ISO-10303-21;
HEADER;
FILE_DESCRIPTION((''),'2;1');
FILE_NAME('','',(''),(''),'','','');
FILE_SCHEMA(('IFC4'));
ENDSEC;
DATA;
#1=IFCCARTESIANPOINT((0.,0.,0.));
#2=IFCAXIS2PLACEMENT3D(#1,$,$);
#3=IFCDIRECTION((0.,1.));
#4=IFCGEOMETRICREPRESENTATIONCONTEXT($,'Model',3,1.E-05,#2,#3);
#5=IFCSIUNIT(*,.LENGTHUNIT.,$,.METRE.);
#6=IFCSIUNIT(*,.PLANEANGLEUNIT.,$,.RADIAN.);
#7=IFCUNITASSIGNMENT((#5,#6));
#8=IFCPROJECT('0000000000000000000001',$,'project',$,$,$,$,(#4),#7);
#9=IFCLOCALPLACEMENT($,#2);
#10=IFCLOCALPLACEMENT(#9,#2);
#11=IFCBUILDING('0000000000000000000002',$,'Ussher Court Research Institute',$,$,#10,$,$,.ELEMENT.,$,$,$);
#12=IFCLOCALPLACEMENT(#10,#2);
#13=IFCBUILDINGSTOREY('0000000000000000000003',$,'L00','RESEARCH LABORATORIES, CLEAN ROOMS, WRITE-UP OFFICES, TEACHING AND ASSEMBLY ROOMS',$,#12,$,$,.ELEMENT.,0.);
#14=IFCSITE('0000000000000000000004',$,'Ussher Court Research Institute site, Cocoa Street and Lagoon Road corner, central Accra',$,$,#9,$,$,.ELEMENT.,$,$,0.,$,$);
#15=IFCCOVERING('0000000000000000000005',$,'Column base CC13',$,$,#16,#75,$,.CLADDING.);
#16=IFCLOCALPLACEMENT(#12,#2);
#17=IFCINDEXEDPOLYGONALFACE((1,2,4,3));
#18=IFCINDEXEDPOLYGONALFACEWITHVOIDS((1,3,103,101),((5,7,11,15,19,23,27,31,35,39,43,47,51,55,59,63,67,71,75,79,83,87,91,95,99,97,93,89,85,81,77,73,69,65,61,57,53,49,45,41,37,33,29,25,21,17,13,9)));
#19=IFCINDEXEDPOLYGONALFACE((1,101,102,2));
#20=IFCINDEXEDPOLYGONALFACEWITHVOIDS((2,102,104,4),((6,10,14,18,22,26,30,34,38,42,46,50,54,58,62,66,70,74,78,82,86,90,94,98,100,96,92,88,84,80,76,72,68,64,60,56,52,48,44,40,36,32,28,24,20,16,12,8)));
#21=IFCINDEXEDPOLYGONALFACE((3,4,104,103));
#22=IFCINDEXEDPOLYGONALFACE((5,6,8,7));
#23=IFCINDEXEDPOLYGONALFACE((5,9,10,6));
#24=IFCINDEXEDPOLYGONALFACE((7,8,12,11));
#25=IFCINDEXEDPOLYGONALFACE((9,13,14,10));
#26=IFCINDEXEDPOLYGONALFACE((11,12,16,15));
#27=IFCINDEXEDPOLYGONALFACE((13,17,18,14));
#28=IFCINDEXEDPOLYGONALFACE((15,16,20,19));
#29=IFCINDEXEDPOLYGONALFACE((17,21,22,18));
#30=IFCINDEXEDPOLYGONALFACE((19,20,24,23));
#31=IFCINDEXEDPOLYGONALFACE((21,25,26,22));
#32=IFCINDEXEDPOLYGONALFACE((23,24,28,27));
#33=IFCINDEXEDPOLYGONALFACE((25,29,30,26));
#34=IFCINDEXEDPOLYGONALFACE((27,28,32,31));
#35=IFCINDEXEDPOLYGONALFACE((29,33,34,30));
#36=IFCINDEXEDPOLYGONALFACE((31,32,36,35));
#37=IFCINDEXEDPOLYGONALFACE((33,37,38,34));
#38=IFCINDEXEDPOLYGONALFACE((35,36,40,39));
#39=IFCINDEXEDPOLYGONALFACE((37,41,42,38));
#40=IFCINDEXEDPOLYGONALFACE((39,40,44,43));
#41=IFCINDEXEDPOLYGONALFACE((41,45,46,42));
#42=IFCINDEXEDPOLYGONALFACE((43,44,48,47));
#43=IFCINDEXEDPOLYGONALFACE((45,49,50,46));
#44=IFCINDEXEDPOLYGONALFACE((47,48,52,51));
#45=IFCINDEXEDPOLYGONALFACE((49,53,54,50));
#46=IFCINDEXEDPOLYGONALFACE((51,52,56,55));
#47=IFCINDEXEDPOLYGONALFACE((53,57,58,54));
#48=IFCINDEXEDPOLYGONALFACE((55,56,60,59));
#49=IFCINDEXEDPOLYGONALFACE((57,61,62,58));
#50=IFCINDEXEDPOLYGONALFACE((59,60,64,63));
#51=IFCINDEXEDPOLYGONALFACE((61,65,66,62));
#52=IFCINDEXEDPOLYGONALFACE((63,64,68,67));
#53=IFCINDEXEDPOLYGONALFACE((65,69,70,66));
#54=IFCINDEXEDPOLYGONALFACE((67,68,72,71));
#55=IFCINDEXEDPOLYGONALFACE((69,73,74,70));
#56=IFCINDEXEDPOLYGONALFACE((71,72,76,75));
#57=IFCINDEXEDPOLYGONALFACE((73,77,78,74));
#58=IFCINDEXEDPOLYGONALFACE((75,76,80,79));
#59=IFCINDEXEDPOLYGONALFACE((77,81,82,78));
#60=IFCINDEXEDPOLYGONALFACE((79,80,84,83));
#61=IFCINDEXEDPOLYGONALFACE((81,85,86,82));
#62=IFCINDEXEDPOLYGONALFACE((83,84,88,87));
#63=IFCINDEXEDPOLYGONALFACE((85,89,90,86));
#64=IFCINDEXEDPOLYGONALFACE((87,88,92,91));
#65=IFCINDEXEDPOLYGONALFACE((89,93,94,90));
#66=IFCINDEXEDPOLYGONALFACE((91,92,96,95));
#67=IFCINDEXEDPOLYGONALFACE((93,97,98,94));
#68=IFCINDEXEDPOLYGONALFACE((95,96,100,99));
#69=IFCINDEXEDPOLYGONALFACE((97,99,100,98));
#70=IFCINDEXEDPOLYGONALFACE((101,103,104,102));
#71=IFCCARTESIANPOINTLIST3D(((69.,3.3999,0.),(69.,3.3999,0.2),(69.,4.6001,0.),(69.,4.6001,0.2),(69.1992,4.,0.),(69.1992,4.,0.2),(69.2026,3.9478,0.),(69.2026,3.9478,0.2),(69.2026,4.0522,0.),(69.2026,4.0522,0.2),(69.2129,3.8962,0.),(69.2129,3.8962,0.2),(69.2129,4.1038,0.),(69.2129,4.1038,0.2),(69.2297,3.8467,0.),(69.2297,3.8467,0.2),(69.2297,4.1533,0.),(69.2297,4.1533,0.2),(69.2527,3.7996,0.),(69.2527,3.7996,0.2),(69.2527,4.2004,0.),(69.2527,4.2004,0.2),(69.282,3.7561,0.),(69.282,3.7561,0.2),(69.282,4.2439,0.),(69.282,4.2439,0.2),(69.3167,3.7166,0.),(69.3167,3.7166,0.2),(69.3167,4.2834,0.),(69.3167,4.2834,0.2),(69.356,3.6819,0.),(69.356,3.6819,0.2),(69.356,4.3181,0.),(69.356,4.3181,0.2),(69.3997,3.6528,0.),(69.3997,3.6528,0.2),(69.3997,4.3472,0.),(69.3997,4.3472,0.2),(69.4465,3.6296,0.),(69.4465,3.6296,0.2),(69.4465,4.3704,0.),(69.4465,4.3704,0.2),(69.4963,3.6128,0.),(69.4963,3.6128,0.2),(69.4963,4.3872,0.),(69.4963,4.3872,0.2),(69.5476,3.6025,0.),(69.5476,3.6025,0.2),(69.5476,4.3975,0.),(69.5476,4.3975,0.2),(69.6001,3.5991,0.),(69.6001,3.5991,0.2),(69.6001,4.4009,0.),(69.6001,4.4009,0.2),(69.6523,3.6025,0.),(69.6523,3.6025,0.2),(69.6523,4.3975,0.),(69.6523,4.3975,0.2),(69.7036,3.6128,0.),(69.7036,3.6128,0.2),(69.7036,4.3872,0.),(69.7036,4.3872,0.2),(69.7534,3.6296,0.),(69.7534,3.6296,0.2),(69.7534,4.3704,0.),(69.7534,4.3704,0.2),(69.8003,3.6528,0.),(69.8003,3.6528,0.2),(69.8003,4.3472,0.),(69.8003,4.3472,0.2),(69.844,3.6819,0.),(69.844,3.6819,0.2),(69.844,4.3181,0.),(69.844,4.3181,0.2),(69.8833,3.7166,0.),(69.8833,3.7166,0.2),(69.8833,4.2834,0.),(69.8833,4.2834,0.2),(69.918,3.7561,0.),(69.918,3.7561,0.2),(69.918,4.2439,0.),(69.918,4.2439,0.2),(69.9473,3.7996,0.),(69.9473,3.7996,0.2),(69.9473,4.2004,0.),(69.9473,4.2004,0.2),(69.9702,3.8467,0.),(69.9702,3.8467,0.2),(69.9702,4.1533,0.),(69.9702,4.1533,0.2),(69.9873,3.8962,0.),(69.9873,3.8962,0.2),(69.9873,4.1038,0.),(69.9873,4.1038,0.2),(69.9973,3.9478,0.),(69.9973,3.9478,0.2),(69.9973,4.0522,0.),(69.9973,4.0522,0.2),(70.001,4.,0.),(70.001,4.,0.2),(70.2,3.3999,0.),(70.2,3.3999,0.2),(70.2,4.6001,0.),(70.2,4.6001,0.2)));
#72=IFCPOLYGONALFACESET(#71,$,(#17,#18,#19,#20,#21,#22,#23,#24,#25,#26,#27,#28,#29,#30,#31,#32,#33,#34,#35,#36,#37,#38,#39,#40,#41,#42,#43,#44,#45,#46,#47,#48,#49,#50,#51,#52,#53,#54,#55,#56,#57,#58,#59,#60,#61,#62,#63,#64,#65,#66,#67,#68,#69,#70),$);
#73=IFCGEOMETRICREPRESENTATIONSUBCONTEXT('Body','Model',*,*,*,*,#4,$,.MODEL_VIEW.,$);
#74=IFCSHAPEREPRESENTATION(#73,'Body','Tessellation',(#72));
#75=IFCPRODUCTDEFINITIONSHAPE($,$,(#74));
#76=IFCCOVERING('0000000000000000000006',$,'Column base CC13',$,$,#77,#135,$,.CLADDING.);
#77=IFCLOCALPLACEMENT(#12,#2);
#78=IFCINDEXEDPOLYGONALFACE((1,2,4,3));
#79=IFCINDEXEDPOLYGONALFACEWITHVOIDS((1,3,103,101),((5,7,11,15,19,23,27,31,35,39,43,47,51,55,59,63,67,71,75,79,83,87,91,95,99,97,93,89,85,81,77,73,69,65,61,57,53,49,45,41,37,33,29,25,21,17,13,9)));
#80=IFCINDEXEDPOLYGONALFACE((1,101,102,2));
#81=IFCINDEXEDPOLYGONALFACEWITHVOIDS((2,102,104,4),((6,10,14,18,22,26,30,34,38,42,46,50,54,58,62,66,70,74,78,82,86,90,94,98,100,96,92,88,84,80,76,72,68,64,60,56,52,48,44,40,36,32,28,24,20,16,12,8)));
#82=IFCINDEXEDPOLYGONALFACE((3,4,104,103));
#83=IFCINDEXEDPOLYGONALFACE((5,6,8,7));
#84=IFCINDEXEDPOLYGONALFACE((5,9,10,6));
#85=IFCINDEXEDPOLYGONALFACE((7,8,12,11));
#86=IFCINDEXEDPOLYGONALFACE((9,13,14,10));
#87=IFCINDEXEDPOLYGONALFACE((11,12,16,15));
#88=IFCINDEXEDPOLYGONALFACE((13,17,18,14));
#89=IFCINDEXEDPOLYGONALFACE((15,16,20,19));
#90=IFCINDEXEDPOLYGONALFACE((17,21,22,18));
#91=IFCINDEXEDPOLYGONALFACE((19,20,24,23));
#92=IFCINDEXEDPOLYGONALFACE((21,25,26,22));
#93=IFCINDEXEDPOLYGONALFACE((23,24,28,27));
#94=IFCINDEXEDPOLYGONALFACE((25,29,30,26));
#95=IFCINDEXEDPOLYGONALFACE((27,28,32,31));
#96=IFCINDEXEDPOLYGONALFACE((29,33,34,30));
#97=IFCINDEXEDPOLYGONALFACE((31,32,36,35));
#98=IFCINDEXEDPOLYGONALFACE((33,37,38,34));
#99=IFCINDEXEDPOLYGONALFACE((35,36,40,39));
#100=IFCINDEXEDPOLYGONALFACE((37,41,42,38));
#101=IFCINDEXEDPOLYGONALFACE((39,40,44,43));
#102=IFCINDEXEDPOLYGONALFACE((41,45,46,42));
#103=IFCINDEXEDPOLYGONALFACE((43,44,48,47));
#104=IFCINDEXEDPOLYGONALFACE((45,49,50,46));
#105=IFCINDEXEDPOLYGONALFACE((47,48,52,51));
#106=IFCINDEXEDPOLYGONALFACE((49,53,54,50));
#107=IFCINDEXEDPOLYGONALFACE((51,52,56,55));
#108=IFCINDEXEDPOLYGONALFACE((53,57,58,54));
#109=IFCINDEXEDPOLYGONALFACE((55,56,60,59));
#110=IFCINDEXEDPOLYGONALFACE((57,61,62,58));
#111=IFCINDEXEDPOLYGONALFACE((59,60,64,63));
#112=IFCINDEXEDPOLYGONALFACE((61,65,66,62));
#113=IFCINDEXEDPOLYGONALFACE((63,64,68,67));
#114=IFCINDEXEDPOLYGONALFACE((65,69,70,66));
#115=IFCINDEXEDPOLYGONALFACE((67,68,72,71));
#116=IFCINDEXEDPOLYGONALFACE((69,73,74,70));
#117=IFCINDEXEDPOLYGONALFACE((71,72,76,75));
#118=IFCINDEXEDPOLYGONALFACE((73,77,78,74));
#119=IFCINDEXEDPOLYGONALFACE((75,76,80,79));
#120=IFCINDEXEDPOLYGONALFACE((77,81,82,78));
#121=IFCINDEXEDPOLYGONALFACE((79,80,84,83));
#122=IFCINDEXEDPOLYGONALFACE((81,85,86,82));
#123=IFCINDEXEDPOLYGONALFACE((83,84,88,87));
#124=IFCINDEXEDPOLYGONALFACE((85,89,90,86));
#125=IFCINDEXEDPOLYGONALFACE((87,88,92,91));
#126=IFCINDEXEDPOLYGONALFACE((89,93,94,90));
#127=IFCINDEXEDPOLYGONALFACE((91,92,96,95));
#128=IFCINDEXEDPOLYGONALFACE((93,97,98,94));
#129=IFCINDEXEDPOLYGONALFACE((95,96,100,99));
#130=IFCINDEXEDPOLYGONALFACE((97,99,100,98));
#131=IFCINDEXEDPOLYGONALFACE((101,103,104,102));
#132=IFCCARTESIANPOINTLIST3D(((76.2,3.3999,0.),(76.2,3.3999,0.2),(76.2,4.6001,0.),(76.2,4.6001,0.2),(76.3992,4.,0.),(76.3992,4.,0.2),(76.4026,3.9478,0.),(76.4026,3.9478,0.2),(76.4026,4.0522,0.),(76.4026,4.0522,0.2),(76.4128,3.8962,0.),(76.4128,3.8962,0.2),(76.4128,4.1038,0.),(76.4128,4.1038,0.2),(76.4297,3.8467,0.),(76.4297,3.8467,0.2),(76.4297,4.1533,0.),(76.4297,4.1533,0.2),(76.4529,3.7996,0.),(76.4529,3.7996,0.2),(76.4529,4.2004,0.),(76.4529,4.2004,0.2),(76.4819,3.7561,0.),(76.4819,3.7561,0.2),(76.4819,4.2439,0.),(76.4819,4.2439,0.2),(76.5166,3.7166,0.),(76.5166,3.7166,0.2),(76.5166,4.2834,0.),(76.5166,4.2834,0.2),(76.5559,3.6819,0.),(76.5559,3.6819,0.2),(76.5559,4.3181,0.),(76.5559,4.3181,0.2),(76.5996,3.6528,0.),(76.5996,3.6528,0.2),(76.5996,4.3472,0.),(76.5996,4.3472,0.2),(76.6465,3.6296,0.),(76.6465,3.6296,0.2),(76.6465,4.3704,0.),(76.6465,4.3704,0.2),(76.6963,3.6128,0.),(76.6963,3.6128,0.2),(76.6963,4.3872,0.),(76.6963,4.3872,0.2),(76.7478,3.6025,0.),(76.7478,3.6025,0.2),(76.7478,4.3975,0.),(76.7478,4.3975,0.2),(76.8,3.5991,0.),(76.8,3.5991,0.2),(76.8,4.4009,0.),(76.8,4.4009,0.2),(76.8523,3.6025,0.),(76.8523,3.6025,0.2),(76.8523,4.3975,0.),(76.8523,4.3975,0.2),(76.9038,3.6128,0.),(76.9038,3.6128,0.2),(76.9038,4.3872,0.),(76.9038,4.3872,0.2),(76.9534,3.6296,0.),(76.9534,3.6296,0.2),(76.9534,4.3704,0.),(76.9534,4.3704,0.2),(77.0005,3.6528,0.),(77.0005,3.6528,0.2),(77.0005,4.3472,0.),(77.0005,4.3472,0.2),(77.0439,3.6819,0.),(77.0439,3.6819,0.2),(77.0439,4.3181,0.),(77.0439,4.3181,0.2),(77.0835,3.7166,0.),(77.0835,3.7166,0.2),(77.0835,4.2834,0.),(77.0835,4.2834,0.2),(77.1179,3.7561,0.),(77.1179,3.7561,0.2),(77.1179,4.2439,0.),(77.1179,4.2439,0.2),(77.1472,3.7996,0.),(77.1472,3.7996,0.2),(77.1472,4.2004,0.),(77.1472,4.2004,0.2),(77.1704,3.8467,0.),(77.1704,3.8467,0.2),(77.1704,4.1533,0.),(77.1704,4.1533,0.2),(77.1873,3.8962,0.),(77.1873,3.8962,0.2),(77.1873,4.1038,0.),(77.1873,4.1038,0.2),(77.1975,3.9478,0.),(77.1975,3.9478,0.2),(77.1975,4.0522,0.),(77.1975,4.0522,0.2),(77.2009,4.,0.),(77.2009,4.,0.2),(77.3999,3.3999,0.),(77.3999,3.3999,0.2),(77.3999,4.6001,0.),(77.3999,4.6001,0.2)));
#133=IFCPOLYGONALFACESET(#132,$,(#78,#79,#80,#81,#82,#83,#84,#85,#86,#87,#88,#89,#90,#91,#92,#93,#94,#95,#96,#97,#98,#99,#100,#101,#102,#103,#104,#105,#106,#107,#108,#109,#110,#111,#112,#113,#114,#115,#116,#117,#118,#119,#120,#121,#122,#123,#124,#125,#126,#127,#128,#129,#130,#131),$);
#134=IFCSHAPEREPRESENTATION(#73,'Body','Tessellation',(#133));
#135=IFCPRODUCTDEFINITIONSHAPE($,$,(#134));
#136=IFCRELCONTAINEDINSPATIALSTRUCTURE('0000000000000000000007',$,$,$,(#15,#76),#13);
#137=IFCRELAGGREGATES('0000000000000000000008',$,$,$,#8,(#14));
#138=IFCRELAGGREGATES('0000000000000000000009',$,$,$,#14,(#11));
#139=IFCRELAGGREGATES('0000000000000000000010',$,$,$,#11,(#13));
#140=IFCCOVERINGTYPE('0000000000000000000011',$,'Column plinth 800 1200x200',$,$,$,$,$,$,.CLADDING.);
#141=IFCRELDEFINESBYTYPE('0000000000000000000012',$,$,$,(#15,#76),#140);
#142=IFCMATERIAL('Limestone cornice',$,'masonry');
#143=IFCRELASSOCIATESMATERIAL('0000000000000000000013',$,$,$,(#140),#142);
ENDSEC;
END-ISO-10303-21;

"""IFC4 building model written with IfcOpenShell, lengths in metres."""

from ifc_helpers import new_model, si_unit, direction, origin, place, context, subcontext, project, spatial, polyline, outline, extrude, material, type_object, element, save


model = new_model("IFC4")

# Units and contexts
model_context = context("Model", 3, precision=1e-05, world=origin(), true_north=direction((0.0, 1.0)))
body_context = subcontext(model_context, "Body", "Model", "MODEL_VIEW")
ifc_project = project(units=[si_unit("LENGTHUNIT", "METRE"), si_unit("PLANEANGLEUNIT", "RADIAN")], contexts=[model_context])

# Site, building, storey
site_placement = place(None, origin())
site = spatial("IfcSite", under=ifc_project, at=site_placement, Name="Ussher Court Research Institute site, Cocoa Street and Lagoon Road corner, central Accra", CompositionType="ELEMENT", RefElevation=0.0)
building_placement = place(site_placement, origin())
building = spatial("IfcBuilding", under=site, at=building_placement, Name="Ussher Court Research Institute", CompositionType="ELEMENT")
storey_placement = place(building_placement, origin())
storey = spatial("IfcBuildingStorey", under=building, at=storey_placement, Name="L00", Description="RESEARCH LABORATORIES, CLEAN ROOMS, WRITE-UP OFFICES, TEACHING AND ASSEMBLY ROOMS", CompositionType="ELEMENT", Elevation=0.0)

# Coverings
ifc_material_1 = material(Name="Limestone cornice", Category="masonry")
covering_type_1 = type_object("IfcCoveringType", Name="Column plinth 800 1200x200", PredefinedType="CLADDING", material=ifc_material_1)
covering_1_placement = place(storey_placement, origin())
element("IfcCovering", 1, at=covering_1_placement, inside=storey, type_object=covering_type_1, Name="Column base CC13", PredefinedType="CLADDING", context=body_context, shape_type="SweptSolid", body=[
    extrude(outline(polyline([(70.2, 3.3999), (70.2, 4.6001), (69.0, 4.6001), (69.0, 3.3999), (70.2, 3.3999)]), holes=[polyline([(70.001, 4.0), (69.9973, 4.0522), (69.9873, 4.1038), (69.9702, 4.1533), (69.9473, 4.2004), (69.918, 4.2439), (69.8833, 4.2834), (69.844, 4.3181), (69.8003, 4.3472), (69.7534, 4.3704), (69.7036, 4.3872), (69.6523, 4.3975), (69.6001, 4.4009), (69.5476, 4.3975), (69.4963, 4.3872), (69.4465, 4.3704), (69.3997, 4.3472), (69.356, 4.3181), (69.3167, 4.2834), (69.282, 4.2439), (69.2527, 4.2004), (69.2297, 4.1533), (69.2129, 4.1038), (69.2026, 4.0522), (69.1992, 4.0), (69.2026, 3.9478), (69.2129, 3.8962), (69.2297, 3.8467), (69.2527, 3.7996), (69.282, 3.7561), (69.3167, 3.7166), (69.356, 3.6819), (69.3997, 3.6528), (69.4465, 3.6296), (69.4963, 3.6128), (69.5476, 3.6025), (69.6001, 3.5991), (69.6523, 3.6025), (69.7036, 3.6128), (69.7534, 3.6296), (69.8003, 3.6528), (69.844, 3.6819), (69.8833, 3.7166), (69.918, 3.7561), (69.9473, 3.7996), (69.9702, 3.8467), (69.9873, 3.8962), (69.9973, 3.9478), (70.001, 4.0)])]), origin(), (0.0, 0.0, 1.0), 0.2),
])
covering_2_placement = place(storey_placement, origin())
element("IfcCovering", 2, at=covering_2_placement, inside=storey, type_object=covering_type_1, Name="Column base CC13", PredefinedType="CLADDING", context=body_context, shape_type="SweptSolid", body=[
    extrude(outline(polyline([(77.3999, 3.3999), (77.3999, 4.6001), (76.2, 4.6001), (76.2, 3.3999), (77.3999, 3.3999)]), holes=[polyline([(77.2009, 4.0), (77.1975, 4.0522), (77.1873, 4.1038), (77.1704, 4.1533), (77.1472, 4.2004), (77.1179, 4.2439), (77.0835, 4.2834), (77.0439, 4.3181), (77.0005, 4.3472), (76.9534, 4.3704), (76.9038, 4.3872), (76.8523, 4.3975), (76.8, 4.4009), (76.7478, 4.3975), (76.6963, 4.3872), (76.6465, 4.3704), (76.5996, 4.3472), (76.5559, 4.3181), (76.5166, 4.2834), (76.4819, 4.2439), (76.4529, 4.2004), (76.4297, 4.1533), (76.4128, 4.1038), (76.4026, 4.0522), (76.3992, 4.0), (76.4026, 3.9478), (76.4128, 3.8962), (76.4297, 3.8467), (76.4529, 3.7996), (76.4819, 3.7561), (76.5166, 3.7166), (76.5559, 3.6819), (76.5996, 3.6528), (76.6465, 3.6296), (76.6963, 3.6128), (76.7478, 3.6025), (76.8, 3.5991), (76.8523, 3.6025), (76.9038, 3.6128), (76.9534, 3.6296), (77.0005, 3.6528), (77.0439, 3.6819), (77.0835, 3.7166), (77.1179, 3.7561), (77.1472, 3.7996), (77.1704, 3.8467), (77.1873, 3.8962), (77.1975, 3.9478), (77.2009, 4.0)])]), origin(), (0.0, 0.0, 1.0), 0.2),
])

save(model, "model.ifc")
